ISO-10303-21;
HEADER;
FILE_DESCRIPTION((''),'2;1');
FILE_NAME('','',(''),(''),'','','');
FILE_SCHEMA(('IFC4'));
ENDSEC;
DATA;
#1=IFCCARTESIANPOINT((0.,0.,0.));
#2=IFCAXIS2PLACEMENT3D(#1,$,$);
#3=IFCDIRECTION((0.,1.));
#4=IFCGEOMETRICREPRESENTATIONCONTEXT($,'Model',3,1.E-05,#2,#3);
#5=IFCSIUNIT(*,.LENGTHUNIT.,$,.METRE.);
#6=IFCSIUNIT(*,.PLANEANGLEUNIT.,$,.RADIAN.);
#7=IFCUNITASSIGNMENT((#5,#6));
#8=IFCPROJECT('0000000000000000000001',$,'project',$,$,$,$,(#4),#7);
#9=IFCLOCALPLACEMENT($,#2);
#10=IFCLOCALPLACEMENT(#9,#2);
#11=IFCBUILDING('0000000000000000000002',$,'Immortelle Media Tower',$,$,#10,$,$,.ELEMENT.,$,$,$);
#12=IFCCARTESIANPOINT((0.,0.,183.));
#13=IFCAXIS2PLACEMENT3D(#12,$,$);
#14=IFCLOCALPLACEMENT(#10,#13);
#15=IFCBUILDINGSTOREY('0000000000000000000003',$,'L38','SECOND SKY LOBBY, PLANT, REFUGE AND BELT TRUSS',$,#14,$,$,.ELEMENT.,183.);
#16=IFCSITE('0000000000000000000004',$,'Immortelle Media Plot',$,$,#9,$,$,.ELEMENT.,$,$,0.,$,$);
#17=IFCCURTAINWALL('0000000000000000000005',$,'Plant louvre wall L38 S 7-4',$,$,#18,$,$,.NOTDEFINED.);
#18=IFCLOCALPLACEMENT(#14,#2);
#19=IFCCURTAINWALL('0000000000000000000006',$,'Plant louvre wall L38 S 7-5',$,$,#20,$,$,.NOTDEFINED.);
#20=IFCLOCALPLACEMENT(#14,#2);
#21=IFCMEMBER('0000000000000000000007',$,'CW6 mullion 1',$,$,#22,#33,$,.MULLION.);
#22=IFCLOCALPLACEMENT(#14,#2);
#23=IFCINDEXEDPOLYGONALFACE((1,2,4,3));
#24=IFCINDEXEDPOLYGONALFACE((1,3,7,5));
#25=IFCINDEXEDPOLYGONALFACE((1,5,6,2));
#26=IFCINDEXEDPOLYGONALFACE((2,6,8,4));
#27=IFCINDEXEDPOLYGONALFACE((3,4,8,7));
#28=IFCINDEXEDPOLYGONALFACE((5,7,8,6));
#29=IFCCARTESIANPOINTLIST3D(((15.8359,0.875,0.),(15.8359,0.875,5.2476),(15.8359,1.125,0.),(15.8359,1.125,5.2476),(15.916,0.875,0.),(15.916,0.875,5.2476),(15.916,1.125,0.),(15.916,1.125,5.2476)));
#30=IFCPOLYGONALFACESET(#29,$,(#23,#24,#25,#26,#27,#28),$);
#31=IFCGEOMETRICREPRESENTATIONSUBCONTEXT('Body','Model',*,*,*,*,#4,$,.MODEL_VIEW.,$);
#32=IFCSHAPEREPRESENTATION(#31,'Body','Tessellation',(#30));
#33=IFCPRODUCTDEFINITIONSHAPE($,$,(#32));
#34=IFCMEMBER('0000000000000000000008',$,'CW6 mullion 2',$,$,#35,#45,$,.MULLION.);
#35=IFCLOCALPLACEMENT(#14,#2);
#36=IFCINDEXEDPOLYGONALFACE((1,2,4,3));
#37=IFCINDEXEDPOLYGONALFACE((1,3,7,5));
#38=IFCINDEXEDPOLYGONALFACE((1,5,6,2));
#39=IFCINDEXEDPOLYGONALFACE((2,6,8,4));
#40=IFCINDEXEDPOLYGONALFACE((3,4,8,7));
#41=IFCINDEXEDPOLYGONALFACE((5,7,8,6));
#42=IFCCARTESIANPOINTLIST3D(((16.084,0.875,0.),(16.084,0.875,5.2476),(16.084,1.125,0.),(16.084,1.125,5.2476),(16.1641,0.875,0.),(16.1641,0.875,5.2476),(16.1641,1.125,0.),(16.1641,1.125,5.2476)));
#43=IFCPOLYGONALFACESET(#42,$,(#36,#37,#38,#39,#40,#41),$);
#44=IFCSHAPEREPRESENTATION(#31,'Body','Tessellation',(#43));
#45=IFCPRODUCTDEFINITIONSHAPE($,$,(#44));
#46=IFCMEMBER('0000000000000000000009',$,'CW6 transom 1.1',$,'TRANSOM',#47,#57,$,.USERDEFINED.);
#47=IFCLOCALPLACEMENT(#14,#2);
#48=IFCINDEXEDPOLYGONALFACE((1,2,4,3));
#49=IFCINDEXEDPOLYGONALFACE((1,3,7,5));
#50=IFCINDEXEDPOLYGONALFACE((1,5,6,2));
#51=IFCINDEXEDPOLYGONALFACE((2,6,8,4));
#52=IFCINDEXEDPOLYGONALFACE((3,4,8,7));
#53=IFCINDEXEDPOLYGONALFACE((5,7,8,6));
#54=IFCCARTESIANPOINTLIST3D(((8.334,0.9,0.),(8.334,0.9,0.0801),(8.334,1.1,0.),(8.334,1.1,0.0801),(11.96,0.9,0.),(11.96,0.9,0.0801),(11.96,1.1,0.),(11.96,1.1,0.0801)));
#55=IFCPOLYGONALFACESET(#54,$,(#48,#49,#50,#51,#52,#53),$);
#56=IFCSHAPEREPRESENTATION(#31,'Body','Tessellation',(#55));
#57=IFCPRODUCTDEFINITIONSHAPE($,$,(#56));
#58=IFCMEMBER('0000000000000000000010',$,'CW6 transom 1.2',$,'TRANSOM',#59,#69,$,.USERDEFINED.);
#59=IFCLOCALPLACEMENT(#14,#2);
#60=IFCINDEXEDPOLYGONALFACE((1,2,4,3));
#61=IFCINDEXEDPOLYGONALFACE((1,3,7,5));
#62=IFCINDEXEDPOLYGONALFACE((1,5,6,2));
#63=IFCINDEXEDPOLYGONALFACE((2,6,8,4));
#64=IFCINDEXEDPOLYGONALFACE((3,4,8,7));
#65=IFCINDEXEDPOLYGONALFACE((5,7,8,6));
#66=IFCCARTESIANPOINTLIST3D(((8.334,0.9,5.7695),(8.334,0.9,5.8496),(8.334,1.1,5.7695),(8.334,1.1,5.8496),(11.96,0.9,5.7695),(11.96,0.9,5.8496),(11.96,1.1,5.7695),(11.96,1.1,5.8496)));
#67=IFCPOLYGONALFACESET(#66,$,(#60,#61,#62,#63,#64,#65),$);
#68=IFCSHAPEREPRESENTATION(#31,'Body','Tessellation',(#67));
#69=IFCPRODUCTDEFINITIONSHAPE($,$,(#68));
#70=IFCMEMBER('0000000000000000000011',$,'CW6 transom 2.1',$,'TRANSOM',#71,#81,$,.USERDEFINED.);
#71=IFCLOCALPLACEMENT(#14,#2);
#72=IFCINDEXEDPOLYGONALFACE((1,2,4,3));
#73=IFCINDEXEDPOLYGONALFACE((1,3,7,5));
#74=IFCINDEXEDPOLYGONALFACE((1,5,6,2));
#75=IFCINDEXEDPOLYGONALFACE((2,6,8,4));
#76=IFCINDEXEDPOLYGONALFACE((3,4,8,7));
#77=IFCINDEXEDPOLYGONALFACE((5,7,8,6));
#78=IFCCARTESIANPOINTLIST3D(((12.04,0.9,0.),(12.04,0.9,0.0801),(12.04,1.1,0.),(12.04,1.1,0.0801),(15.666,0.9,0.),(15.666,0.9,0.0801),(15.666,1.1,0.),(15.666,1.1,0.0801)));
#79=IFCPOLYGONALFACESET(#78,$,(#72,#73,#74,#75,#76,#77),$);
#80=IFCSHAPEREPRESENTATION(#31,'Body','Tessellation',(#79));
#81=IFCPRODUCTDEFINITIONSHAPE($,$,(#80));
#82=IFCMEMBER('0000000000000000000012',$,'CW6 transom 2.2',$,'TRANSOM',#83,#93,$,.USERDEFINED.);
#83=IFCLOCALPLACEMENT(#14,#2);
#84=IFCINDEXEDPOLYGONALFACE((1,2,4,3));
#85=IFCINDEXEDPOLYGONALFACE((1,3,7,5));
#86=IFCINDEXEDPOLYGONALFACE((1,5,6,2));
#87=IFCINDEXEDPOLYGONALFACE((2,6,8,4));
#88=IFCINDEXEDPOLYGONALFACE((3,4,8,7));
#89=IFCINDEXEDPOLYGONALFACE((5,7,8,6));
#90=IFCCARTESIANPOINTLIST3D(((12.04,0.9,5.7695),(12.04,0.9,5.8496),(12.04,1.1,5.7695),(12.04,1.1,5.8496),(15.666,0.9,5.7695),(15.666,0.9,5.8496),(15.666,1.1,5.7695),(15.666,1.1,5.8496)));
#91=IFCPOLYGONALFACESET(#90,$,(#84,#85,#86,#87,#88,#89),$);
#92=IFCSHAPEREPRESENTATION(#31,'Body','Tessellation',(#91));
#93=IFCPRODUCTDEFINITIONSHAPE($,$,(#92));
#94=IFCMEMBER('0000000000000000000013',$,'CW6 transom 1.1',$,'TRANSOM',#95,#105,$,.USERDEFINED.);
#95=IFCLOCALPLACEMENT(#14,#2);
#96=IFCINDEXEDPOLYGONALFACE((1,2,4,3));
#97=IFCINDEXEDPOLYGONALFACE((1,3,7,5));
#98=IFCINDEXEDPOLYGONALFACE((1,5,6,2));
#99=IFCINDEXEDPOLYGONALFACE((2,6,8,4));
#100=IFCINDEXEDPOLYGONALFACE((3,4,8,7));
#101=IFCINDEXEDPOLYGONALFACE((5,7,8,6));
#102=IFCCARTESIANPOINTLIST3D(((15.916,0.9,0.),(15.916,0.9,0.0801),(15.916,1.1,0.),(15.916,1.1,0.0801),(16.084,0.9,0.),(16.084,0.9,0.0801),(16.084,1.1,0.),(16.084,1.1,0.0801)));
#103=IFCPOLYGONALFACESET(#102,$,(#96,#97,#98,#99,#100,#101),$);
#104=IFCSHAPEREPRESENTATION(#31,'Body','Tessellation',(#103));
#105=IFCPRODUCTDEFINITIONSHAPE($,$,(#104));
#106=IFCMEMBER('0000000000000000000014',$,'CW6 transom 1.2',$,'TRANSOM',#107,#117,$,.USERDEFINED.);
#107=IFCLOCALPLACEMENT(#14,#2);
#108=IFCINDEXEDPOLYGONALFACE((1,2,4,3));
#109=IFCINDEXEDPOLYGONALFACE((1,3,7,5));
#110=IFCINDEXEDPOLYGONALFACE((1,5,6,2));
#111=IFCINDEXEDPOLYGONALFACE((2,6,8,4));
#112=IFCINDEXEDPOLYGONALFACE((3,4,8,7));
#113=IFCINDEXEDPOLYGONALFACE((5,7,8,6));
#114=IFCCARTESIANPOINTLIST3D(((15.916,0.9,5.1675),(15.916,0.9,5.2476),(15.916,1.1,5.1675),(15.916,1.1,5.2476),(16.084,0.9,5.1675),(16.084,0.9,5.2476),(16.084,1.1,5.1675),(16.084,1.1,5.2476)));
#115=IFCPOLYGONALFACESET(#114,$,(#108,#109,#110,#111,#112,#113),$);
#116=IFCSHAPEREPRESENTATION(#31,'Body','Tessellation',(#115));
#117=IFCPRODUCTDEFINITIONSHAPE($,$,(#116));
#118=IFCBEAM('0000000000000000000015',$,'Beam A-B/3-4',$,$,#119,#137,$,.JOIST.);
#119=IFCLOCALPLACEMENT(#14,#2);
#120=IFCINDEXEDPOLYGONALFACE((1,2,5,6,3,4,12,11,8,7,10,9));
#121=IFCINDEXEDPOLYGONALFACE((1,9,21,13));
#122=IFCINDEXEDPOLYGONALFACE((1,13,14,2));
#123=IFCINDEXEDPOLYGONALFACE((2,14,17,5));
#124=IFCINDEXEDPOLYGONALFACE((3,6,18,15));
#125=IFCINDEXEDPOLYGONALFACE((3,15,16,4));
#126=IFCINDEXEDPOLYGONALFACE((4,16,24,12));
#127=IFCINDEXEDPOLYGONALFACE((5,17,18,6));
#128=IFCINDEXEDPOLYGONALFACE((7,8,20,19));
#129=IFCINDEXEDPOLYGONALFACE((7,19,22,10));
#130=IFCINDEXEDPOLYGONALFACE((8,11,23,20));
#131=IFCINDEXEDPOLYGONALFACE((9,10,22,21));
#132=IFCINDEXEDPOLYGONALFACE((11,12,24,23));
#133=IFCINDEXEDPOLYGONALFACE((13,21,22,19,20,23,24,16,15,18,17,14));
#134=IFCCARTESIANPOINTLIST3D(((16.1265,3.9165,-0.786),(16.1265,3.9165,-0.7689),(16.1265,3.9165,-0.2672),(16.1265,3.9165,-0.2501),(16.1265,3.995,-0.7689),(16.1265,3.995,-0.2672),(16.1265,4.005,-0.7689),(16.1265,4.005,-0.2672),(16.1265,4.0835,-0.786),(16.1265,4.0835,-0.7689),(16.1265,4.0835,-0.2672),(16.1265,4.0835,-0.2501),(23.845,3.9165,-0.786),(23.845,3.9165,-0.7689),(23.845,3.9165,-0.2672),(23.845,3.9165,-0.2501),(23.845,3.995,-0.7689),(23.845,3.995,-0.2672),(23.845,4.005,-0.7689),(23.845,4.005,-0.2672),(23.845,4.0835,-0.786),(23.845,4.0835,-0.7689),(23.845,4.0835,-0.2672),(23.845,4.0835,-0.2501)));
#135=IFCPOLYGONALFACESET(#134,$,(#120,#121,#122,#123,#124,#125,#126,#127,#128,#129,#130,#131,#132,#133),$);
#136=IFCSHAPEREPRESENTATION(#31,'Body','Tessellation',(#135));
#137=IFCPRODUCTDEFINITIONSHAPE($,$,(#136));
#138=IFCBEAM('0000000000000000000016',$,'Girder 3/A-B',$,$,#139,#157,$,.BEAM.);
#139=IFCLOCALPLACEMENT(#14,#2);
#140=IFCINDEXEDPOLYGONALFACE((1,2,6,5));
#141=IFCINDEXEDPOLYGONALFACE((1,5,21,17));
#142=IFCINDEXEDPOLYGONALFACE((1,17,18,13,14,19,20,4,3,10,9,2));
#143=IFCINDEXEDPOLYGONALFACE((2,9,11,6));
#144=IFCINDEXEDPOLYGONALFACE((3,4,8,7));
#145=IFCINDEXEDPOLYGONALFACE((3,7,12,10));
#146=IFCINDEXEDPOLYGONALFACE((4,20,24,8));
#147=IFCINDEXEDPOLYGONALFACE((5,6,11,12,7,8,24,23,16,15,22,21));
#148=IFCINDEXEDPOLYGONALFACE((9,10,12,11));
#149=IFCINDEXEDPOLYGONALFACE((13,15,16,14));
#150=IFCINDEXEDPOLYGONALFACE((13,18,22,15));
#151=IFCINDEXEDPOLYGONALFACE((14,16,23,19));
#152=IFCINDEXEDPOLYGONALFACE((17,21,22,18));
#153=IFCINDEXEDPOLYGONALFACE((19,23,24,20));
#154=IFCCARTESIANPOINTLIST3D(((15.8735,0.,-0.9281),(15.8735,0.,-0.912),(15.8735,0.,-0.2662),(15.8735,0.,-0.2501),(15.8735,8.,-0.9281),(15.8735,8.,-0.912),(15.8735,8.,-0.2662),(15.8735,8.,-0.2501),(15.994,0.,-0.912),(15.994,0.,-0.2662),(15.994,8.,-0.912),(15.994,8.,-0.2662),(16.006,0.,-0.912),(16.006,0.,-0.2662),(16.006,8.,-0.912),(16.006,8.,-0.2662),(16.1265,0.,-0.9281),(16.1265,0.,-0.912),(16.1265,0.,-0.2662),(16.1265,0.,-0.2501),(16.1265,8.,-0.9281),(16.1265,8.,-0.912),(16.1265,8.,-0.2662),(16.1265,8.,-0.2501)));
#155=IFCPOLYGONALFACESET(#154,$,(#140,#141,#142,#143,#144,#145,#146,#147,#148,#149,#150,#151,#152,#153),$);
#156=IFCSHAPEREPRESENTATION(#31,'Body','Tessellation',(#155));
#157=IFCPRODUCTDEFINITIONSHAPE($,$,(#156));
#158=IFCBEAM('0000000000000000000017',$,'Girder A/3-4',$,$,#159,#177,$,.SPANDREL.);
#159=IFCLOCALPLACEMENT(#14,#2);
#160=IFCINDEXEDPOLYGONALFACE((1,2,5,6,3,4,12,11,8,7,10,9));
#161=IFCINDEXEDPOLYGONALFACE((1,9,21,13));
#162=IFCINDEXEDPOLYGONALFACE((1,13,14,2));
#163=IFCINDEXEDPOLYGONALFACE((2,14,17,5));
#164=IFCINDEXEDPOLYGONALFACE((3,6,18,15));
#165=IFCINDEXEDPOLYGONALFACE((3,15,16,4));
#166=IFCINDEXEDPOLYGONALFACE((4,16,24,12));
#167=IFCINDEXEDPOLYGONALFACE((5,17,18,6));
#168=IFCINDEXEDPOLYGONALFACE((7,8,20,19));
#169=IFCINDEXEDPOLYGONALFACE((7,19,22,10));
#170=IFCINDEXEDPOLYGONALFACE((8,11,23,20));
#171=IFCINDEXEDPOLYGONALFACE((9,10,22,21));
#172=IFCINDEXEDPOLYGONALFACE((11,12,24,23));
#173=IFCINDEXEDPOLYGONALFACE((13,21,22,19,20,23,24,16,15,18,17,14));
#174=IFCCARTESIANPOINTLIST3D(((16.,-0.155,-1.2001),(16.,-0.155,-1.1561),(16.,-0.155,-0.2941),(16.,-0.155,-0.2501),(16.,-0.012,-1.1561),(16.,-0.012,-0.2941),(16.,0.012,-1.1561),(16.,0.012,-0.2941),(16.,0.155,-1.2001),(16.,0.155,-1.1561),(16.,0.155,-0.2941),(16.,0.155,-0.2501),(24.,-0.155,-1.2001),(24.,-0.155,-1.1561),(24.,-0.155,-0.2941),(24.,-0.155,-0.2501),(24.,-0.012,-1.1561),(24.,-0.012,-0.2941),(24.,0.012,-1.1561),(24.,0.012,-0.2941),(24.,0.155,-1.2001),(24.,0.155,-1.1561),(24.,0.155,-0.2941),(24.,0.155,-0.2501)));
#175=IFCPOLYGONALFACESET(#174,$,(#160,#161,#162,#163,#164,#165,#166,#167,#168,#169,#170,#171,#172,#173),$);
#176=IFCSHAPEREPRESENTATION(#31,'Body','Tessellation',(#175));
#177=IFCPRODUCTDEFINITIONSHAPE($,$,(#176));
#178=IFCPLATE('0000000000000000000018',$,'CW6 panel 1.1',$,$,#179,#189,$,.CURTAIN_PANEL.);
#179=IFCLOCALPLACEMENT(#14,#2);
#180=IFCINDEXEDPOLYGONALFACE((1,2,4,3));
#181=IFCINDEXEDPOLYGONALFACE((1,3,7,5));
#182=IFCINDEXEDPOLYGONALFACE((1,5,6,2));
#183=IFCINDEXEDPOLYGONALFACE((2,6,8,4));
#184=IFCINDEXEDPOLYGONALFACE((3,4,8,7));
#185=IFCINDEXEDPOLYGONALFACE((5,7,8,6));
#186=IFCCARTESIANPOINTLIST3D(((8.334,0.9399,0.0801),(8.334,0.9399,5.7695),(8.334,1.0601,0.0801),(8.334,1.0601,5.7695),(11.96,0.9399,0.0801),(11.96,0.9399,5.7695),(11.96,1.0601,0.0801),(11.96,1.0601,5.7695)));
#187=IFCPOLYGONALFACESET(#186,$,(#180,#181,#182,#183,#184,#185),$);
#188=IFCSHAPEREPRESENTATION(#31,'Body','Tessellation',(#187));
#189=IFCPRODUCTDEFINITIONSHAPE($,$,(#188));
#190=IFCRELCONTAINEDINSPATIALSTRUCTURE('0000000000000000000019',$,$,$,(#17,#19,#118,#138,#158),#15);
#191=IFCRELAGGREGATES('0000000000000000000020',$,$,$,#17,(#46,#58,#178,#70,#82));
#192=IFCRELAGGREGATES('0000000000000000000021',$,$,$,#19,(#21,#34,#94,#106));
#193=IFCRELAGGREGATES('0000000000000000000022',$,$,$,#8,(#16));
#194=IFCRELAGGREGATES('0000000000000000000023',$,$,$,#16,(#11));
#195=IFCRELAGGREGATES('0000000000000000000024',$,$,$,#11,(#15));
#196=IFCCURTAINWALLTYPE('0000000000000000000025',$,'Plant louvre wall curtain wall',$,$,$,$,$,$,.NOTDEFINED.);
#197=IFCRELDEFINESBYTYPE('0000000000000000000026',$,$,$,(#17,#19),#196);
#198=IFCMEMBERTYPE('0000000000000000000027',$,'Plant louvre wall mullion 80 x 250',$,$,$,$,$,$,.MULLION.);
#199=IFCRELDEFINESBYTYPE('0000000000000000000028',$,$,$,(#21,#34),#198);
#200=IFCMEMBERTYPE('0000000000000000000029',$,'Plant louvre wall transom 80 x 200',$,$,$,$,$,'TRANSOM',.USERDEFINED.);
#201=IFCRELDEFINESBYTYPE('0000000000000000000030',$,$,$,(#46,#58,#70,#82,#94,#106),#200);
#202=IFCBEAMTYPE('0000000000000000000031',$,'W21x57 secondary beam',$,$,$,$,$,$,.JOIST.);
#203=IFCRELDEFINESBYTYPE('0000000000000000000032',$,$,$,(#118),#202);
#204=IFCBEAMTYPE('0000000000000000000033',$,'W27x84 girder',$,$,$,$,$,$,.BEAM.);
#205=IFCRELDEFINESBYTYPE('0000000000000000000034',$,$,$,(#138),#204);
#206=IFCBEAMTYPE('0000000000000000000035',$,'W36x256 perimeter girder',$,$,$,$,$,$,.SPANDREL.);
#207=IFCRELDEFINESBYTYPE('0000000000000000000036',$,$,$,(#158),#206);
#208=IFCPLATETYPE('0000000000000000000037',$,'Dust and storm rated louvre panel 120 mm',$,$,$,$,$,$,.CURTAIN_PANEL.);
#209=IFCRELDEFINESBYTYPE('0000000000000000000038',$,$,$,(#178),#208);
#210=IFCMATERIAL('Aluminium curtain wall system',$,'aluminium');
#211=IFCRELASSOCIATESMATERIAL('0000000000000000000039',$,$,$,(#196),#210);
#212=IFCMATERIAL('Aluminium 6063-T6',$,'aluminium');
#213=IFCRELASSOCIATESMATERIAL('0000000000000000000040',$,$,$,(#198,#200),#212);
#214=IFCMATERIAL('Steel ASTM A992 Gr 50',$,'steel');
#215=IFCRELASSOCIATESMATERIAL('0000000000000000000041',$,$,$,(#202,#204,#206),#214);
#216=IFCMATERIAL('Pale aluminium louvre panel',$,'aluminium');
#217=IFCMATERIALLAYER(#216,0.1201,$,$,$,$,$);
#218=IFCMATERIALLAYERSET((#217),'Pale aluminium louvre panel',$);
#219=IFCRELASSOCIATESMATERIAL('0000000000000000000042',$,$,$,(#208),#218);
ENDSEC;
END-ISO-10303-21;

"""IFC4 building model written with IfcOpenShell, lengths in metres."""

from ifc_helpers import new_model, si_unit, direction, frame, origin, origin_2d, place, context, subcontext, project, spatial, rectangle, i_section, extrude, material, layer, layer_set, material_profile, profile_set, type_object, element, aggregate, save


model = new_model("IFC4")

# Units and contexts
model_context = context("Model", 3, precision=1e-05, world=origin(), true_north=direction((0.0, 1.0)))
body_context = subcontext(model_context, "Body", "Model", "MODEL_VIEW")
ifc_project = project(units=[si_unit("LENGTHUNIT", "METRE"), si_unit("PLANEANGLEUNIT", "RADIAN")], contexts=[model_context])

# Site, building, storey
site_placement = place(None, origin())
site = spatial("IfcSite", under=ifc_project, at=site_placement, Name="Immortelle Media Plot", CompositionType="ELEMENT", RefElevation=0.0)
building_placement = place(site_placement, origin())
building = spatial("IfcBuilding", under=site, at=building_placement, Name="Immortelle Media Tower", CompositionType="ELEMENT")
storey_placement = place(building_placement, frame((0.0, 0.0, 183.0)))
storey = spatial("IfcBuildingStorey", under=building, at=storey_placement, Name="L38", Description="SECOND SKY LOBBY, PLANT, REFUGE AND BELT TRUSS", CompositionType="ELEMENT", Elevation=183.0)

# Shared definitions
ifc_material_1 = material(Name="Steel ASTM A992 Gr 50", Category="steel")

# Curtain walls, members
ifc_material_2 = material(Name="Aluminium curtain wall system", Category="aluminium")
curtain_wall_type = type_object("IfcCurtainWallType", Name="Plant louvre wall curtain wall", PredefinedType="NOTDEFINED", material=ifc_material_2)
curtain_wall_1_placement = place(storey_placement, origin())
curtain_wall_1 = element("IfcCurtainWall", 1, at=curtain_wall_1_placement, inside=storey, type_object=curtain_wall_type, Name="Plant louvre wall L38 S 7-4", PredefinedType="NOTDEFINED")
ifc_material_3 = material(Name="Aluminium 6063-T6", Category="aluminium")
ifc_material_profile_1 = material_profile(ifc_material_3, rectangle(XDim=0.25, YDim=0.0801, at=origin_2d()), Name="AL 80x250")
ifc_profile_set_1 = profile_set([ifc_material_profile_1], Name="Aluminium 6063-T6")
member_type_1 = type_object("IfcMemberType", Name="Plant louvre wall mullion 80 x 250", PredefinedType="MULLION", material=ifc_profile_set_1)
curtain_wall_2_placement = place(storey_placement, origin())
curtain_wall_2 = element("IfcCurtainWall", 2, at=curtain_wall_2_placement, inside=storey, type_object=curtain_wall_type, Name="Plant louvre wall L38 S 7-5", PredefinedType="NOTDEFINED")
member_1_placement = place(storey_placement, frame((15.876, 1.0, 0.0), z_axis=(0.0, 0.0, 1.0), x_axis=(0.0, 1.0, 0.0)))
member_1 = element("IfcMember", 3, at=member_1_placement, type_object=member_type_1, Name="CW6 mullion 1", PredefinedType="MULLION", context=body_context, shape_type="SweptSolid", body=[
    extrude(rectangle(XDim=0.25, YDim=0.0801, at=origin_2d()), origin(), (0.0, 0.0, 1.0), 5.2476),
])
member_2_placement = place(storey_placement, frame((16.124, 1.0, 0.0), z_axis=(0.0, 0.0, 1.0), x_axis=(0.0, 1.0, 0.0)))
member_2 = element("IfcMember", 4, at=member_2_placement, type_object=member_type_1, Name="CW6 mullion 2", PredefinedType="MULLION", context=body_context, shape_type="SweptSolid", body=[
    extrude(rectangle(XDim=0.25, YDim=0.0801, at=origin_2d()), origin(), (0.0, 0.0, 1.0), 5.2476),
])

# Members
ifc_material_profile_2 = material_profile(ifc_material_3, rectangle(XDim=0.2, YDim=0.0801, at=origin_2d()), Name="AL 80x200")
ifc_profile_set_2 = profile_set([ifc_material_profile_2], Name="Aluminium 6063-T6")
member_type_2 = type_object("IfcMemberType", Name="Plant louvre wall transom 80 x 200", ElementType="TRANSOM", PredefinedType="USERDEFINED", material=ifc_profile_set_2)
member_3_placement = place(storey_placement, frame((8.334, 1.0, 0.04), z_axis=(1.0, 0.0, 0.0), x_axis=(0.0, 1.0, 0.0)))
member_3 = element("IfcMember", 5, at=member_3_placement, type_object=member_type_2, Name="CW6 transom 1.1", ObjectType="TRANSOM", PredefinedType="USERDEFINED", context=body_context, shape_type="SweptSolid", body=[
    extrude(rectangle(XDim=0.2, YDim=0.0801, at=origin_2d()), origin(), (0.0, 0.0, 1.0), 3.626),
])
member_4_placement = place(storey_placement, frame((8.334, 1.0, 5.8096), z_axis=(1.0, 0.0, 0.0), x_axis=(0.0, 1.0, 0.0)))
member_4 = element("IfcMember", 6, at=member_4_placement, type_object=member_type_2, Name="CW6 transom 1.2", ObjectType="TRANSOM", PredefinedType="USERDEFINED", context=body_context, shape_type="SweptSolid", body=[
    extrude(rectangle(XDim=0.2, YDim=0.0801, at=origin_2d()), origin(), (0.0, 0.0, 1.0), 3.626),
])
member_5_placement = place(storey_placement, frame((12.04, 1.0, 0.04), z_axis=(1.0, 0.0, 0.0), x_axis=(0.0, 1.0, 0.0)))
member_5 = element("IfcMember", 7, at=member_5_placement, type_object=member_type_2, Name="CW6 transom 2.1", ObjectType="TRANSOM", PredefinedType="USERDEFINED", context=body_context, shape_type="SweptSolid", body=[
    extrude(rectangle(XDim=0.2, YDim=0.0801, at=origin_2d()), origin(), (0.0, 0.0, 1.0), 3.626),
])
member_6_placement = place(storey_placement, frame((12.04, 1.0, 5.8096), z_axis=(1.0, 0.0, 0.0), x_axis=(0.0, 1.0, 0.0)))
member_6 = element("IfcMember", 8, at=member_6_placement, type_object=member_type_2, Name="CW6 transom 2.2", ObjectType="TRANSOM", PredefinedType="USERDEFINED", context=body_context, shape_type="SweptSolid", body=[
    extrude(rectangle(XDim=0.2, YDim=0.0801, at=origin_2d()), origin(), (0.0, 0.0, 1.0), 3.626),
])
member_7_placement = place(storey_placement, frame((15.916, 1.0, 0.04), z_axis=(1.0, 0.0, 0.0), x_axis=(0.0, 1.0, 0.0)))
member_7 = element("IfcMember", 9, at=member_7_placement, type_object=member_type_2, Name="CW6 transom 1.1", ObjectType="TRANSOM", PredefinedType="USERDEFINED", context=body_context, shape_type="SweptSolid", body=[
    extrude(rectangle(XDim=0.2, YDim=0.0801, at=origin_2d()), origin(), (0.0, 0.0, 1.0), 0.168),
])
member_8_placement = place(storey_placement, frame((15.916, 1.0, 5.2075), z_axis=(1.0, 0.0, 0.0), x_axis=(0.0, 1.0, 0.0)))
member_8 = element("IfcMember", 10, at=member_8_placement, type_object=member_type_2, Name="CW6 transom 1.2", ObjectType="TRANSOM", PredefinedType="USERDEFINED", context=body_context, shape_type="SweptSolid", body=[
    extrude(rectangle(XDim=0.2, YDim=0.0801, at=origin_2d()), origin(), (0.0, 0.0, 1.0), 0.168),
])

# Beams
ifc_material_profile_3 = material_profile(ifc_material_1, i_section(OverallWidth=0.167, OverallDepth=0.5359, WebThickness=0.01, FlangeThickness=0.0171, at=origin_2d()), Name="W21x57")
ifc_profile_set_3 = profile_set([ifc_material_profile_3], Name="Steel ASTM A992 Gr 50")
beam_type_1 = type_object("IfcBeamType", Name="W21x57 secondary beam", PredefinedType="JOIST", material=ifc_profile_set_3)
beam_1_placement = place(storey_placement, frame((16.1265, 4.0, -0.5181), z_axis=(1.0, 0.0, 0.0), x_axis=(0.0, 1.0, 0.0)))
element("IfcBeam", 11, at=beam_1_placement, inside=storey, type_object=beam_type_1, Name="Beam A-B/3-4", PredefinedType="JOIST", context=body_context, shape_type="SweptSolid", body=[
    extrude(i_section(OverallWidth=0.167, OverallDepth=0.5359, WebThickness=0.01, FlangeThickness=0.0171, at=origin_2d()), origin(), (0.0, 0.0, 1.0), 7.7185),
])
ifc_material_profile_4 = material_profile(ifc_material_1, i_section(OverallWidth=0.2529, OverallDepth=0.678, WebThickness=0.012, FlangeThickness=0.0161, at=origin_2d()), Name="W27x84")
ifc_profile_set_4 = profile_set([ifc_material_profile_4], Name="Steel ASTM A992 Gr 50")
beam_type_2 = type_object("IfcBeamType", Name="W27x84 girder", PredefinedType="BEAM", material=ifc_profile_set_4)
beam_2_placement = place(storey_placement, frame((16.0, 0.0, -0.5891), z_axis=(0.0, 1.0, 0.0), x_axis=(-1.0, 0.0, 0.0)))
element("IfcBeam", 12, at=beam_2_placement, inside=storey, type_object=beam_type_2, Name="Girder 3/A-B", PredefinedType="BEAM", context=body_context, shape_type="SweptSolid", body=[
    extrude(i_section(OverallWidth=0.2529, OverallDepth=0.678, WebThickness=0.012, FlangeThickness=0.0161, at=origin_2d()), origin(), (0.0, 0.0, 1.0), 8.0),
])
ifc_material_profile_5 = material_profile(ifc_material_1, i_section(OverallWidth=0.3101, OverallDepth=0.95, WebThickness=0.0239, FlangeThickness=0.0439, at=origin_2d()), Name="W36x256")
ifc_profile_set_5 = profile_set([ifc_material_profile_5], Name="Steel ASTM A992 Gr 50")
beam_type_3 = type_object("IfcBeamType", Name="W36x256 perimeter girder", PredefinedType="SPANDREL", material=ifc_profile_set_5)
beam_3_placement = place(storey_placement, frame((16.0, 0.0, -0.7251), z_axis=(1.0, 0.0, 0.0), x_axis=(0.0, 1.0, 0.0)))
element("IfcBeam", 13, at=beam_3_placement, inside=storey, type_object=beam_type_3, Name="Girder A/3-4", PredefinedType="SPANDREL", context=body_context, shape_type="SweptSolid", body=[
    extrude(i_section(OverallWidth=0.3101, OverallDepth=0.95, WebThickness=0.0239, FlangeThickness=0.0439, at=origin_2d()), origin(), (0.0, 0.0, 1.0), 8.0),
])

# Plate
ifc_material_4 = material(Name="Pale aluminium louvre panel", Category="aluminium")
ifc_layer = layer(ifc_material_4, 0.1201)
ifc_layer_set = layer_set([ifc_layer], Name="Pale aluminium louvre panel")
plate_type = type_object("IfcPlateType", Name="Dust and storm rated louvre panel 120 mm", PredefinedType="CURTAIN_PANEL", material=ifc_layer_set)
plate_1_placement = place(storey_placement, frame((10.147, 1.0, 0.0801), z_axis=(0.0, 0.0, 1.0), x_axis=(1.0, 0.0, 0.0)))
plate_1 = element("IfcPlate", 14, at=plate_1_placement, type_object=plate_type, Name="CW6 panel 1.1", PredefinedType="CURTAIN_PANEL", context=body_context, shape_type="SweptSolid", body=[
    extrude(rectangle(XDim=3.626, YDim=0.1201, at=origin_2d()), origin(), (0.0, 0.0, 1.0), 5.6895),
])
aggregate(curtain_wall_1, [member_3, member_4, plate_1, member_5, member_6])
aggregate(curtain_wall_2, [member_1, member_2, member_7, member_8])

save(model, "model.ifc")
